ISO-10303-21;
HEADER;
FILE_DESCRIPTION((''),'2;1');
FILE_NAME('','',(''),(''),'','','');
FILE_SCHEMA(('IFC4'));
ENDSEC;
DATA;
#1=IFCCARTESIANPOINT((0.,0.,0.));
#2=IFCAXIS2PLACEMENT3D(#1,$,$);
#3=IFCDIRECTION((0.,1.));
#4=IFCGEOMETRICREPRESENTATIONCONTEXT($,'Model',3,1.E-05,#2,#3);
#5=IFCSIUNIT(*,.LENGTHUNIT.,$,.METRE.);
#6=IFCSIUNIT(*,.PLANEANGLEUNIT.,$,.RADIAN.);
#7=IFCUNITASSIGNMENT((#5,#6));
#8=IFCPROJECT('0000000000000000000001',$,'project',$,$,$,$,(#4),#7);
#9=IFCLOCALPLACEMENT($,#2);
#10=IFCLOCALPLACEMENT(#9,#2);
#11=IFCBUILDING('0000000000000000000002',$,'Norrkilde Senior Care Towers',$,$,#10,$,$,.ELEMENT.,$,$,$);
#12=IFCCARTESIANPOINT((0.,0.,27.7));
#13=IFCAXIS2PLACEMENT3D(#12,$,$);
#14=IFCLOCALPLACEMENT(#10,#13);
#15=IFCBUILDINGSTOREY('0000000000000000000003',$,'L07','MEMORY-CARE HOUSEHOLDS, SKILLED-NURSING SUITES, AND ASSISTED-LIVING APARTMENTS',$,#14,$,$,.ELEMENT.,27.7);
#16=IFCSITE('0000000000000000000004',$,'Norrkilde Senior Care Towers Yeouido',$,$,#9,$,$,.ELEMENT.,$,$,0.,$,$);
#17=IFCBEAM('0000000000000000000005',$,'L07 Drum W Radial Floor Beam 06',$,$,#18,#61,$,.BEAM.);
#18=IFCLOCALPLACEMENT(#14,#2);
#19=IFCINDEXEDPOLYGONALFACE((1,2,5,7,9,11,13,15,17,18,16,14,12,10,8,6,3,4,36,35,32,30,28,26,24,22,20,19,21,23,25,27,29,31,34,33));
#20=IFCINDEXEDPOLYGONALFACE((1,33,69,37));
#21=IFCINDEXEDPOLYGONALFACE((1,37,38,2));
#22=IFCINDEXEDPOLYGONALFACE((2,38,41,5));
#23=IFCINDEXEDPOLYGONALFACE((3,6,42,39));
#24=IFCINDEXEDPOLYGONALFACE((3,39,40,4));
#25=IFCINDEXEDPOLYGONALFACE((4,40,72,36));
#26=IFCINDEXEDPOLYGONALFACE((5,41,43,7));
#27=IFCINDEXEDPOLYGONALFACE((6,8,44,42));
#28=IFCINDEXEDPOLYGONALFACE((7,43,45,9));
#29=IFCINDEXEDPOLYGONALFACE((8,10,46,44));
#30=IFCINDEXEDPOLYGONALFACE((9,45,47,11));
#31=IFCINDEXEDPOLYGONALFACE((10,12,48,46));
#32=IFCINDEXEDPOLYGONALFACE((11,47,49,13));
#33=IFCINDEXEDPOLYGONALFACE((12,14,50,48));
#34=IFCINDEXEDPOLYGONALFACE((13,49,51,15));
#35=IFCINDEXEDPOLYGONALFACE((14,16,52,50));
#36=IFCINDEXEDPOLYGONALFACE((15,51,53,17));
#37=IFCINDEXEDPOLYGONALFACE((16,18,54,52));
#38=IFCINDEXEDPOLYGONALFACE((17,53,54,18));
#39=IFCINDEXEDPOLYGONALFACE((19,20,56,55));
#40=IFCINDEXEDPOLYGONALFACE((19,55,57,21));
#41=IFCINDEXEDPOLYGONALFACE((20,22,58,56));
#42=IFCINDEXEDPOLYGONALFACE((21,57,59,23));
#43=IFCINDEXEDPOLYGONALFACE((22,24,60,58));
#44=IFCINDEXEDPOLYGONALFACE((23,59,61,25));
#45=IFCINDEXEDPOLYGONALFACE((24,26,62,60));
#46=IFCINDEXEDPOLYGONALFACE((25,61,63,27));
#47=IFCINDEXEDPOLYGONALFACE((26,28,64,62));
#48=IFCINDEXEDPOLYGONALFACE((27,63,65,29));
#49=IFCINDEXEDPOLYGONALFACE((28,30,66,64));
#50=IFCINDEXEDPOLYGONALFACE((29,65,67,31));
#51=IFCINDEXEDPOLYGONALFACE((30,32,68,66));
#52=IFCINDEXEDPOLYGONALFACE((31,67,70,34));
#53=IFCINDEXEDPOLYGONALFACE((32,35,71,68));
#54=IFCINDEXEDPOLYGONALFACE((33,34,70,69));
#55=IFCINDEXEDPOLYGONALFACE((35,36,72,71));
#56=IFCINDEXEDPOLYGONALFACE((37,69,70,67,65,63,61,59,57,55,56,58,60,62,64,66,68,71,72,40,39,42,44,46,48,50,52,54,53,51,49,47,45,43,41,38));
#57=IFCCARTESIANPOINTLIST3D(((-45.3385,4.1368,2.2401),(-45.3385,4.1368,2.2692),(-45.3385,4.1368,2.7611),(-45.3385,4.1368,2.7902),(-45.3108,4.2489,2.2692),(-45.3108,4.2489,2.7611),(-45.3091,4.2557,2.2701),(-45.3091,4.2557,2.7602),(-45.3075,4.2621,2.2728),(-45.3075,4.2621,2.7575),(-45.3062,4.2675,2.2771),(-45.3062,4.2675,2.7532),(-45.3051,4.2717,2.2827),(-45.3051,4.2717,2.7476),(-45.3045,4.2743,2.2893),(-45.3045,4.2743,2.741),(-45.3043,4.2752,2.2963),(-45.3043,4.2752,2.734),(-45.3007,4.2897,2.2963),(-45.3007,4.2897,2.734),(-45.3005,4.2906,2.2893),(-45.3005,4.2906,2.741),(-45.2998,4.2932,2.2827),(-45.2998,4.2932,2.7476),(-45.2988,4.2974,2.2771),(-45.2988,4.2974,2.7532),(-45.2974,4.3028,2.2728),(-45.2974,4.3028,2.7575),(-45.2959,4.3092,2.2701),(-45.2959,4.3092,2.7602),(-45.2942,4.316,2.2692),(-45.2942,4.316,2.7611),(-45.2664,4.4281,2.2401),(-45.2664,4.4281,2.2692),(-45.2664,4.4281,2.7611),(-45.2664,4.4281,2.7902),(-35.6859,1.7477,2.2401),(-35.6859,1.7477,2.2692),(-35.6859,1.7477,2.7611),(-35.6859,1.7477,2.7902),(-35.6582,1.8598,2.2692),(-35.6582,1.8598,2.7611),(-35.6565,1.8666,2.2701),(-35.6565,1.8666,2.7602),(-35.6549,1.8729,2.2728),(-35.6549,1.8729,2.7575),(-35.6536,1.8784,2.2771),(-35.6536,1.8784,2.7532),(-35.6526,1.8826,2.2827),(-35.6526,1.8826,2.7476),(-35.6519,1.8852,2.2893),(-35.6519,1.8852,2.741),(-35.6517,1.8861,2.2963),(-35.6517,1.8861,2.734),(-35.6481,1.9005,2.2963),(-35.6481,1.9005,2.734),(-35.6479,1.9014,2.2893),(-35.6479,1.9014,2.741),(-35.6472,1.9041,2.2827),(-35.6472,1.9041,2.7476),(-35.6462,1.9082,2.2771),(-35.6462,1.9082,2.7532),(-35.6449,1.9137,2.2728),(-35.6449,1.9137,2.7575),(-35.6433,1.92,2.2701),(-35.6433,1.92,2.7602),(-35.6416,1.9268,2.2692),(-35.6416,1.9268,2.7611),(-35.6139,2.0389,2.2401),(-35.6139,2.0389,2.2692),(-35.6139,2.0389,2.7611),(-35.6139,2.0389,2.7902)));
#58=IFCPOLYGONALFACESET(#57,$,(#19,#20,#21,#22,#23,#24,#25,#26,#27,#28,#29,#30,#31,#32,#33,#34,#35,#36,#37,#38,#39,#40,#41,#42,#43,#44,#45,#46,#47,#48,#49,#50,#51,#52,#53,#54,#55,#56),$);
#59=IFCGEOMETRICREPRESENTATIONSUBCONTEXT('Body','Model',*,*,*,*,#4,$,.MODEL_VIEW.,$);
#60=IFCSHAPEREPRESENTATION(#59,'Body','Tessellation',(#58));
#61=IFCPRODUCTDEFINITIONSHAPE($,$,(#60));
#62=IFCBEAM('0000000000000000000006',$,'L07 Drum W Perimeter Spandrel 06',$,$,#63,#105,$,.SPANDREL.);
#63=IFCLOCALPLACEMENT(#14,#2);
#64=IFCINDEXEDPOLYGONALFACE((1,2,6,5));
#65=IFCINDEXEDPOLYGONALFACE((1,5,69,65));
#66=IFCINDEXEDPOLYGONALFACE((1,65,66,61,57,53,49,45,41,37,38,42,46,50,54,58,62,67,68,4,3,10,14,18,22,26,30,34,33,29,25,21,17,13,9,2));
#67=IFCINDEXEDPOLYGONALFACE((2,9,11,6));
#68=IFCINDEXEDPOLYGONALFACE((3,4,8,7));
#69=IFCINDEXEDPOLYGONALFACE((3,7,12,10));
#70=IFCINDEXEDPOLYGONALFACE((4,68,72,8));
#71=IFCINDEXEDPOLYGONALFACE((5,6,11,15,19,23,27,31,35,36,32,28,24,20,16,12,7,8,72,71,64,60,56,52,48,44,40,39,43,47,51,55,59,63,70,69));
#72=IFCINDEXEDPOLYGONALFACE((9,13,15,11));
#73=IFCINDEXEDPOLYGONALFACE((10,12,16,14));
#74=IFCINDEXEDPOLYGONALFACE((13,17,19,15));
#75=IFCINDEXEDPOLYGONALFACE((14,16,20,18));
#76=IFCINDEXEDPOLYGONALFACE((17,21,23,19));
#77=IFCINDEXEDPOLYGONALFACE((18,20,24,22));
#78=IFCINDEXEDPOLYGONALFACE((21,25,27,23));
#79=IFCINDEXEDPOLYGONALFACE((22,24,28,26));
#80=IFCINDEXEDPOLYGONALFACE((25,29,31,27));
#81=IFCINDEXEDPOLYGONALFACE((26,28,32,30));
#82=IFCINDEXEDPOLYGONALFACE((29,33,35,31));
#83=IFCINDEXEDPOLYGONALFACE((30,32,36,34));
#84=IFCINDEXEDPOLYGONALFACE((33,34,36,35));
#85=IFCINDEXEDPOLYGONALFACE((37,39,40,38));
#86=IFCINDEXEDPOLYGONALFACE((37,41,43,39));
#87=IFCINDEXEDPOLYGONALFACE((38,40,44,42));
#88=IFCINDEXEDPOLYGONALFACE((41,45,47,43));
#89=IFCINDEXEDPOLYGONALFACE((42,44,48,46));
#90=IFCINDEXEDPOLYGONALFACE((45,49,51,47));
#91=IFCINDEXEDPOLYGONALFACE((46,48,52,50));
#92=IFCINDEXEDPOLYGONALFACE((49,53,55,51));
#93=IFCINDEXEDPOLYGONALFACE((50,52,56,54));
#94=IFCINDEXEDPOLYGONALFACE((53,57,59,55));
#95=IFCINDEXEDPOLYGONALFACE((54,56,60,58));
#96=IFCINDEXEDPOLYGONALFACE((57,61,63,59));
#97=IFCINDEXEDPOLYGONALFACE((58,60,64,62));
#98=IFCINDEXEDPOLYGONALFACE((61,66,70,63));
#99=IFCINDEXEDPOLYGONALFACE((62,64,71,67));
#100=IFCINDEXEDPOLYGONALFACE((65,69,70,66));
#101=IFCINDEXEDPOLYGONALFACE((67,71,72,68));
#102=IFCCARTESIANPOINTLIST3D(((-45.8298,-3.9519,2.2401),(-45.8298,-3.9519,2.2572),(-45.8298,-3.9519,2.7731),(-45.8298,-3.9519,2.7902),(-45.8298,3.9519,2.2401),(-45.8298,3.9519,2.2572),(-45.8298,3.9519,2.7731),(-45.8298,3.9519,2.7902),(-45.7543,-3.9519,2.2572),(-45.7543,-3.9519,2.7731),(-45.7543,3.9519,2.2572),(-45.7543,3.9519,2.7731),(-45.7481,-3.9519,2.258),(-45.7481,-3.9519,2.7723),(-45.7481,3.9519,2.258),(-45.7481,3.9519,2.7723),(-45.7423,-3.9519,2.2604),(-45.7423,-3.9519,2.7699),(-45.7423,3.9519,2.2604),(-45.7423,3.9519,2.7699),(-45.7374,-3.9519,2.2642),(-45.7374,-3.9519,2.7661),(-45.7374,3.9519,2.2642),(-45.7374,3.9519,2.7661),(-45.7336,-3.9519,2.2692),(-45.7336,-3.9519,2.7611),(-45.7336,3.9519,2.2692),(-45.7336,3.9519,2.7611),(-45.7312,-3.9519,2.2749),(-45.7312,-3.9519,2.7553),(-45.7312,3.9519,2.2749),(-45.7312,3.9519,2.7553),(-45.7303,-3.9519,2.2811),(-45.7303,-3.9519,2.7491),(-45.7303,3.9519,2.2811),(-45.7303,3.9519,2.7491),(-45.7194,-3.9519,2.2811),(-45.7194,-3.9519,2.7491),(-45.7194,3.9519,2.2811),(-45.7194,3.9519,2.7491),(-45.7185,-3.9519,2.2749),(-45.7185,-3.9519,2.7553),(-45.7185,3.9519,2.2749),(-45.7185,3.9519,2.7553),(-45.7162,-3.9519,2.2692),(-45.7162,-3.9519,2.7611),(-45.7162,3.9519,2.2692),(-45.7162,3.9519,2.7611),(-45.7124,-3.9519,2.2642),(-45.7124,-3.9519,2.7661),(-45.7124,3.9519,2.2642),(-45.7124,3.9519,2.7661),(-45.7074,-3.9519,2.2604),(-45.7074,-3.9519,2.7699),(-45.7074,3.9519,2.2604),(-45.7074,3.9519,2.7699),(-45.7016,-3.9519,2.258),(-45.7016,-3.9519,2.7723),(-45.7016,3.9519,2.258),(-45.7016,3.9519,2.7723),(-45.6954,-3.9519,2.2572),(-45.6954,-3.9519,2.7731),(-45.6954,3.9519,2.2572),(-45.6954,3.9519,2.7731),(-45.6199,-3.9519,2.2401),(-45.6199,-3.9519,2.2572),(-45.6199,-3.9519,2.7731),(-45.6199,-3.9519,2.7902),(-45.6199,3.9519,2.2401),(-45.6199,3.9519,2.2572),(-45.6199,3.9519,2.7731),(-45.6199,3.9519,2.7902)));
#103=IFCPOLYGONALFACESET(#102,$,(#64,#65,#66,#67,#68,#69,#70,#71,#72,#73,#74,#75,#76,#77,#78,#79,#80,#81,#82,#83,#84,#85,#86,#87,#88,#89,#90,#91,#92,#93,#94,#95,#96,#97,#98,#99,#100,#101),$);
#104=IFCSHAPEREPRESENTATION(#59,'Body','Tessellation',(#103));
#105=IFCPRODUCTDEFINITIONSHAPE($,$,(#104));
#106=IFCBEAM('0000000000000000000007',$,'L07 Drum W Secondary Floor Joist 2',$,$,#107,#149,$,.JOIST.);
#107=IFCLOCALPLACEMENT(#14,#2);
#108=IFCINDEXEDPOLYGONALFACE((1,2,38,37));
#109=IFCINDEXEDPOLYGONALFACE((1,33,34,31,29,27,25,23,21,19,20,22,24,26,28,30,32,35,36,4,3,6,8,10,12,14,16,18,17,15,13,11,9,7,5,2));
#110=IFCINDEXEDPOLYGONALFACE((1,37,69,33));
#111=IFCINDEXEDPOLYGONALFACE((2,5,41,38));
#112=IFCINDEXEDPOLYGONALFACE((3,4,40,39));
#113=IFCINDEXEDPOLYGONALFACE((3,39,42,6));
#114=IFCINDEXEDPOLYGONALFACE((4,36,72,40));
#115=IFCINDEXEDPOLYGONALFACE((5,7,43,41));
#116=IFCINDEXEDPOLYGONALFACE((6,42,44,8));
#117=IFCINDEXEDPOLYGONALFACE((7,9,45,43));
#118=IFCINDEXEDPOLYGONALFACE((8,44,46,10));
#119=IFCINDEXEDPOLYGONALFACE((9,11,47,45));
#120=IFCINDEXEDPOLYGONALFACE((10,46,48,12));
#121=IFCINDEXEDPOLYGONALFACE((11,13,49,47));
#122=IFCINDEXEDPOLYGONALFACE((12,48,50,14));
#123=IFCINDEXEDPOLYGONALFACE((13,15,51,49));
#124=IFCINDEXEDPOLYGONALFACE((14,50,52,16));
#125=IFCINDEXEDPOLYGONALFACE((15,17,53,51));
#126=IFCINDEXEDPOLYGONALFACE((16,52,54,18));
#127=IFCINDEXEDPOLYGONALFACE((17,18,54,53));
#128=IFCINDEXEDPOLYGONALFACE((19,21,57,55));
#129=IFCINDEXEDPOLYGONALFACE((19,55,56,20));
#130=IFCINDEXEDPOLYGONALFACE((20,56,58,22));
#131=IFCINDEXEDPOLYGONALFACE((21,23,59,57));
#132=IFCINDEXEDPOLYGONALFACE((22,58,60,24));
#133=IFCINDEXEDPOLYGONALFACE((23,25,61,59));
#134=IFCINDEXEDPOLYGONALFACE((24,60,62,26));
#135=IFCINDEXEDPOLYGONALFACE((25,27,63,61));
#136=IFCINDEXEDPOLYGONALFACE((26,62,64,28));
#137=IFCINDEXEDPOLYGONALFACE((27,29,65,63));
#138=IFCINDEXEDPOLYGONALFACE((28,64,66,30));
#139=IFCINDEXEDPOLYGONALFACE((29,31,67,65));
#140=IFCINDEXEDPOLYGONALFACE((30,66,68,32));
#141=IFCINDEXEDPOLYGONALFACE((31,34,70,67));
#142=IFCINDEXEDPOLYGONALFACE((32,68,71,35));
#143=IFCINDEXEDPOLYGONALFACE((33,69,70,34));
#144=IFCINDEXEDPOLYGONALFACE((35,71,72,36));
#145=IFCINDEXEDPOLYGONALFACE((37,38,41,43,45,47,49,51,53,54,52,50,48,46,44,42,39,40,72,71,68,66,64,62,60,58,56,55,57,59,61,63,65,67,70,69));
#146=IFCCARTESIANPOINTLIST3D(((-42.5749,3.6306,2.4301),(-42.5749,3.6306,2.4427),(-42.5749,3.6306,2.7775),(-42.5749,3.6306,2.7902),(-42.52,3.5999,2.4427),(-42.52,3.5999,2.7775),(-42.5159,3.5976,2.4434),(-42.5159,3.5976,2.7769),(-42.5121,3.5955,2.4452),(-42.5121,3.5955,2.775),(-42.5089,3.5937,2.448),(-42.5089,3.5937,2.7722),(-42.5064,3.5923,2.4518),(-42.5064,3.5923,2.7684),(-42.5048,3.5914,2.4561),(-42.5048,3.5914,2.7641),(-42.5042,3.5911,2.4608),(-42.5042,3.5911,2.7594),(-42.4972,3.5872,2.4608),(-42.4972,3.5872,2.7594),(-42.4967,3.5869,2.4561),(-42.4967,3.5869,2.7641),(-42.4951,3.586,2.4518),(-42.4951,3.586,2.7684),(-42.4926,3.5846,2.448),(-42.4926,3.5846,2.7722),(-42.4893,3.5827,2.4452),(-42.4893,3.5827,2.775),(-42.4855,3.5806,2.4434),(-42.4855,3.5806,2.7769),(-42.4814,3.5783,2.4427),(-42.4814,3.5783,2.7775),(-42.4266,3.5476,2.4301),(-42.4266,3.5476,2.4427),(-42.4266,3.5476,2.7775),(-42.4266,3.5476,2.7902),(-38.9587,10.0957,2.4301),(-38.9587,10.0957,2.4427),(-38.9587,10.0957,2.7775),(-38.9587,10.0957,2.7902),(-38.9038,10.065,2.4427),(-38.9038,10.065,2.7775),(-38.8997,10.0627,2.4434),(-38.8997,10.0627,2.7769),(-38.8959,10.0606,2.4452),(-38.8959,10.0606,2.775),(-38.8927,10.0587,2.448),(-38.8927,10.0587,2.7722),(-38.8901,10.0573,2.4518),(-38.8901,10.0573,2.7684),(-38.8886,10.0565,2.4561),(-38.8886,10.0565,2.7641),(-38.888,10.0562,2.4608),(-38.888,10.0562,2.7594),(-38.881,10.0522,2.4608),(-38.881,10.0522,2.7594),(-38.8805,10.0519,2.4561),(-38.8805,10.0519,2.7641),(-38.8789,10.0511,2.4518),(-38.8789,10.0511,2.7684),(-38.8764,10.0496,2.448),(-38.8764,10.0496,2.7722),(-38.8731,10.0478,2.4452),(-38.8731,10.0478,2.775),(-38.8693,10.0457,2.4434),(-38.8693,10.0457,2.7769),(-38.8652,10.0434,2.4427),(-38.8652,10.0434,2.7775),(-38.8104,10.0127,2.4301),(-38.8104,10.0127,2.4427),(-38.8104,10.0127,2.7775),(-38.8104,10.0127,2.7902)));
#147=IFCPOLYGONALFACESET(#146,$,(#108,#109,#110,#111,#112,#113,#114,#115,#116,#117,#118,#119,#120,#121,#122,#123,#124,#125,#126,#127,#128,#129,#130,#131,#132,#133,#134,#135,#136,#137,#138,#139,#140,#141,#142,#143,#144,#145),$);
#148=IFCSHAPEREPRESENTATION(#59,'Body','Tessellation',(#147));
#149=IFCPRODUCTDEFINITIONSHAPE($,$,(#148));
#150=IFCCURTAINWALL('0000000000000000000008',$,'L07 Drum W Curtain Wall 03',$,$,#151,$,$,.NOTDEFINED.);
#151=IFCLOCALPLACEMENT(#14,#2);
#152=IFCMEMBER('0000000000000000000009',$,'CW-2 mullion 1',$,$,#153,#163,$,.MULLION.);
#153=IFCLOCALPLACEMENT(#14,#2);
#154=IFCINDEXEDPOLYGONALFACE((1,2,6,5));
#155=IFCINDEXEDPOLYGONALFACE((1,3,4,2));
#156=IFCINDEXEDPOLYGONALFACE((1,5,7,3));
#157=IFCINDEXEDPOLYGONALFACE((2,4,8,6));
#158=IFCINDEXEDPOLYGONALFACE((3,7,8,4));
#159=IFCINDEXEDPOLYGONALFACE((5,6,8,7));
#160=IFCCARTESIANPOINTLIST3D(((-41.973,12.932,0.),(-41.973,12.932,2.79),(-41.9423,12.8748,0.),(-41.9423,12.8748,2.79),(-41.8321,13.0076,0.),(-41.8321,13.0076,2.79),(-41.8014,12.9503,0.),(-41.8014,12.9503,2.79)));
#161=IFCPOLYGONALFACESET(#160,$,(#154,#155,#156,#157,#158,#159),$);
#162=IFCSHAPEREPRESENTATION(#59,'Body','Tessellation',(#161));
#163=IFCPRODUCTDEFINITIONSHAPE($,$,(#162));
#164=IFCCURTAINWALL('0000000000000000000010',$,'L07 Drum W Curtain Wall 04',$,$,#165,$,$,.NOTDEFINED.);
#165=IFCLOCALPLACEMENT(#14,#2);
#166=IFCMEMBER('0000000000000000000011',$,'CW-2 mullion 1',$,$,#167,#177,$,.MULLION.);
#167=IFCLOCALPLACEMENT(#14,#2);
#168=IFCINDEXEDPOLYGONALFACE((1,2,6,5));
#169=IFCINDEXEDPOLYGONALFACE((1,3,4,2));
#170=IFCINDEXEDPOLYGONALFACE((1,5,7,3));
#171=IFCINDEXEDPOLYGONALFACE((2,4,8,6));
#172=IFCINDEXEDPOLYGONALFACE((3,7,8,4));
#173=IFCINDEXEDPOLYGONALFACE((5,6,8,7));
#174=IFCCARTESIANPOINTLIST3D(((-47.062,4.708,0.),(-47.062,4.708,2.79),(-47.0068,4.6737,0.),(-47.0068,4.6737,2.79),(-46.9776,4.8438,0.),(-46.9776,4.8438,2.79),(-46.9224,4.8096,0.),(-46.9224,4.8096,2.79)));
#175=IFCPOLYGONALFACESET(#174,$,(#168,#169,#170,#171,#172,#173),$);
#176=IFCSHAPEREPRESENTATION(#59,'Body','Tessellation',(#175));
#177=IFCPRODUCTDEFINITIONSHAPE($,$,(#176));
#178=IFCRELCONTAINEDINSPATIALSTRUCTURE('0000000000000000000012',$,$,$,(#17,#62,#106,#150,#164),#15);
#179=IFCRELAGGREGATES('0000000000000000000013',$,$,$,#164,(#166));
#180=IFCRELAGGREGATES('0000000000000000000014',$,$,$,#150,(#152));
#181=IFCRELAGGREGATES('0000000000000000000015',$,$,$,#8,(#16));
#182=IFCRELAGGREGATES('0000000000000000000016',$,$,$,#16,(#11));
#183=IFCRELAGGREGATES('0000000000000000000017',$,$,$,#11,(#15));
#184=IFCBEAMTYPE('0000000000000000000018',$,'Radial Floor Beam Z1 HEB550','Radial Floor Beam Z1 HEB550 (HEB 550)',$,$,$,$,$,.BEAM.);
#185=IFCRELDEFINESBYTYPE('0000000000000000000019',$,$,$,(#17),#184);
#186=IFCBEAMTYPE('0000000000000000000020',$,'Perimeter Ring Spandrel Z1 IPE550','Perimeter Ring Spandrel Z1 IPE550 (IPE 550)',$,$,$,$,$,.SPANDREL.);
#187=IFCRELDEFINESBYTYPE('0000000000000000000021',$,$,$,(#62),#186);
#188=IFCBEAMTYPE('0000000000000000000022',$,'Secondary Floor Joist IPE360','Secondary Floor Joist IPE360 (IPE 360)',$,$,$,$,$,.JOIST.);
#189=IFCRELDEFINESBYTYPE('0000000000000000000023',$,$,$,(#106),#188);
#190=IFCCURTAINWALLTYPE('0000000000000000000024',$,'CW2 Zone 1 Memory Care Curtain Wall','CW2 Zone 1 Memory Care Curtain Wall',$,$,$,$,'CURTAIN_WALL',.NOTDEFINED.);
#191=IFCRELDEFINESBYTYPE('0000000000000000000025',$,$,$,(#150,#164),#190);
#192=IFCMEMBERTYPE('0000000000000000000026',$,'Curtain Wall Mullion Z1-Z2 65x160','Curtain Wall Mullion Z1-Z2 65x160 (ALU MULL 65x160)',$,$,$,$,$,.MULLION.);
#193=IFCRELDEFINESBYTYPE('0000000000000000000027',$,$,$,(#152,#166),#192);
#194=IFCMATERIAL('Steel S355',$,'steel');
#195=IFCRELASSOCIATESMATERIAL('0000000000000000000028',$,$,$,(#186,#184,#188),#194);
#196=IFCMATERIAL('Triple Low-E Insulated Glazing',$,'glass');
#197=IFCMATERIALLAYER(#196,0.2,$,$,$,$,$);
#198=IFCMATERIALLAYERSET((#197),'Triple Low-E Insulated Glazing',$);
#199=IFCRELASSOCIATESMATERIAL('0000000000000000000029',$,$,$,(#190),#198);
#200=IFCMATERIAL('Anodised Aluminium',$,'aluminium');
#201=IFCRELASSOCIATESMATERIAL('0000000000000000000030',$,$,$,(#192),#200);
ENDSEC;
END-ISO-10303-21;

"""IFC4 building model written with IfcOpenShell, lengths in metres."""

from ifc_helpers import new_model, si_unit, direction, frame, origin, origin_2d, place, context, subcontext, project, spatial, rectangle, i_section, extrude, source, transform, mapped, material, layer, layer_set, material_profile, profile_set, type_object, type_shapes, element, aggregate, save


model = new_model("IFC4")

# Units and contexts
model_context = context("Model", 3, precision=1e-05, world=origin(), true_north=direction((0.0, 1.0)))
body_context = subcontext(model_context, "Body", "Model", "MODEL_VIEW")
ifc_project = project(units=[si_unit("LENGTHUNIT", "METRE"), si_unit("PLANEANGLEUNIT", "RADIAN")], contexts=[model_context])

# Site, building, storey
site_placement = place(None, origin())
site = spatial("IfcSite", under=ifc_project, at=site_placement, Name="Norrkilde Senior Care Towers Yeouido", CompositionType="ELEMENT", RefElevation=0.0)
building_placement = place(site_placement, origin())
building = spatial("IfcBuilding", under=site, at=building_placement, Name="Norrkilde Senior Care Towers", CompositionType="ELEMENT")
storey_placement = place(building_placement, frame((0.0, 0.0, 27.7)))
storey = spatial("IfcBuildingStorey", under=building, at=storey_placement, Name="L07", Description="MEMORY-CARE HOUSEHOLDS, SKILLED-NURSING SUITES, AND ASSISTED-LIVING APARTMENTS", CompositionType="ELEMENT", Elevation=27.7)

# Beams
ifc_material_1 = material(Name="Steel S355", Category="steel")
ifc_material_profile_1 = material_profile(ifc_material_1, i_section(OverallWidth=0.21, OverallDepth=0.55, WebThickness=0.011, FlangeThickness=0.0171, FilletRadius=0.0239, at=origin_2d()), Name="IPE 550")
ifc_profile_set_1 = profile_set([ifc_material_profile_1], Name="Steel S355")
beam_type_1 = type_object("IfcBeamType", Name="Perimeter Ring Spandrel Z1 IPE550", Description="Perimeter Ring Spandrel Z1 IPE550 (IPE 550)", PredefinedType="SPANDREL", material=ifc_profile_set_1)
ifc_material_profile_2 = material_profile(ifc_material_1, i_section(OverallWidth=0.3, OverallDepth=0.55, WebThickness=0.0149, FlangeThickness=0.0291, FilletRadius=0.0271, at=origin_2d()), Name="HEB 550")
ifc_profile_set_2 = profile_set([ifc_material_profile_2], Name="Steel S355")
beam_type_2 = type_object("IfcBeamType", Name="Radial Floor Beam Z1 HEB550", Description="Radial Floor Beam Z1 HEB550 (HEB 550)", PredefinedType="BEAM", material=ifc_profile_set_2)
shared_shape_1 = source(origin(), body_context, "Body", "SweptSolid", [
    extrude(i_section(OverallWidth=0.3, OverallDepth=0.55, WebThickness=0.0149, FlangeThickness=0.0291, FilletRadius=0.0271, at=origin_2d()), origin(), (0.0, 0.0, 1.0), 9.9438),
])
type_shapes(beam_type_2, [shared_shape_1])
beam_1_placement = place(storey_placement, frame((-35.6499, 1.8933, 2.5151), z_axis=(-0.970707, 0.240265, 0.0), x_axis=(-0.240265, -0.970707, 0.0)))
element("IfcBeam", 1, at=beam_1_placement, inside=storey, type_object=beam_type_2, Name="L07 Drum W Radial Floor Beam 06", PredefinedType="BEAM", context=body_context, shape_type="MappedRepresentation", body=[
    mapped(shared_shape_1, transform((0.0, 0.0, 0.0), x_axis=(1.0, 0.0, 0.0), y_axis=(0.0, 1.0, 0.0), z_axis=(0.0, 0.0, 1.0), scale=1.0)),
])
shared_shape_2 = source(origin(), body_context, "Body", "SweptSolid", [
    extrude(i_section(OverallWidth=0.21, OverallDepth=0.55, WebThickness=0.011, FlangeThickness=0.0171, FilletRadius=0.0239, at=origin_2d()), origin(), (0.0, 0.0, 1.0), 7.9038),
])
beam_2_placement = place(storey_placement, frame((-45.7249, 3.9519, 2.5151), z_axis=(0.0, -1.0, 0.0), x_axis=(1.0, 0.0, 0.0)))
element("IfcBeam", 2, at=beam_2_placement, inside=storey, type_object=beam_type_1, Name="L07 Drum W Perimeter Spandrel 06", PredefinedType="SPANDREL", context=body_context, shape_type="MappedRepresentation", body=[
    mapped(shared_shape_2, transform((0.0, 0.0, 0.0), x_axis=(1.0, 0.0, 0.0), y_axis=(0.0, 1.0, 0.0), z_axis=(0.0, 0.0, 1.0), scale=1.0)),
])
ifc_material_profile_3 = material_profile(ifc_material_1, i_section(OverallWidth=0.1699, OverallDepth=0.3601, WebThickness=0.0081, FlangeThickness=0.0127, FilletRadius=0.0181, at=origin_2d()), Name="IPE 360")
ifc_profile_set_3 = profile_set([ifc_material_profile_3], Name="Steel S355")
beam_type_3 = type_object("IfcBeamType", Name="Secondary Floor Joist IPE360", Description="Secondary Floor Joist IPE360 (IPE 360)", PredefinedType="JOIST", material=ifc_profile_set_3)
shared_shape_3 = source(origin(), body_context, "Body", "SweptSolid", [
    extrude(i_section(OverallWidth=0.1699, OverallDepth=0.3601, WebThickness=0.0081, FlangeThickness=0.0127, FilletRadius=0.0181, at=origin_2d()), origin(), (0.0, 0.0, 1.0), 7.4077),
])
type_shapes(beam_type_3, [shared_shape_3])
beam_3_placement = place(storey_placement, frame((-38.8845, 10.0542, 2.6101), z_axis=(-0.488168, -0.87275, 0.0), x_axis=(0.87275, -0.488168, 0.0)))
element("IfcBeam", 3, at=beam_3_placement, inside=storey, type_object=beam_type_3, Name="L07 Drum W Secondary Floor Joist 2", PredefinedType="JOIST", context=body_context, shape_type="MappedRepresentation", body=[
    mapped(shared_shape_3, transform((0.0, 0.0, 0.0), x_axis=(1.0, 0.0, 0.0), y_axis=(0.0, 1.0, 0.0), z_axis=(0.0, 0.0, 1.0), scale=1.0)),
])

# Curtain wall, member
ifc_material_2 = material(Name="Triple Low-E Insulated Glazing", Category="glass")
ifc_layer_1 = layer(ifc_material_2, 0.2)
ifc_layer_set_1 = layer_set([ifc_layer_1], Name="Triple Low-E Insulated Glazing")
curtain_wall_type = type_object("IfcCurtainWallType", Name="CW2 Zone 1 Memory Care Curtain Wall", Description="CW2 Zone 1 Memory Care Curtain Wall", ElementType="CURTAIN_WALL", PredefinedType="NOTDEFINED", material=ifc_layer_set_1)
curtain_wall_1_placement = place(storey_placement, origin())
curtain_wall_1 = element("IfcCurtainWall", 4, at=curtain_wall_1_placement, inside=storey, type_object=curtain_wall_type, Name="L07 Drum W Curtain Wall 03", PredefinedType="NOTDEFINED")
ifc_material_3 = material(Name="Anodised Aluminium", Category="aluminium")
ifc_material_profile_4 = material_profile(ifc_material_3, rectangle(XDim=0.0649, YDim=0.1599, at=origin_2d()), Name="ALU MULL 65x160")
ifc_profile_set_4 = profile_set([ifc_material_profile_4], Name="Anodised Aluminium")
member_type_1 = type_object("IfcMemberType", Name="Curtain Wall Mullion Z1-Z2 65x160", Description="Curtain Wall Mullion Z1-Z2 65x160 (ALU MULL 65x160)", PredefinedType="MULLION", material=ifc_profile_set_4)
shared_shape_4 = source(origin(), body_context, "Body", "SweptSolid", [
    extrude(rectangle(XDim=0.0649, YDim=0.1599, at=origin_2d()), origin(), (0.0, 0.0, 1.0), 2.79),
])
type_shapes(member_type_1, [shared_shape_4])
member_1_placement = place(storey_placement, frame((-41.8872, 12.9412, 0.0), z_axis=(0.0, 0.0, 1.0), x_axis=(-0.472608, 0.881273, 0.0)))
member_1 = element("IfcMember", 5, at=member_1_placement, type_object=member_type_1, Name="CW-2 mullion 1", PredefinedType="MULLION", context=body_context, shape_type="MappedRepresentation", body=[
    mapped(shared_shape_4, transform((0.0, 0.0, 0.0), x_axis=(1.0, 0.0, 0.0), y_axis=(0.0, 1.0, 0.0), z_axis=(0.0, 0.0, 1.0), scale=1.0)),
])

# Curtain wall, member
curtain_wall_2_placement = place(storey_placement, origin())
curtain_wall_2 = element("IfcCurtainWall", 6, at=curtain_wall_2_placement, inside=storey, type_object=curtain_wall_type, Name="L07 Drum W Curtain Wall 04", PredefinedType="NOTDEFINED")
member_2_placement = place(storey_placement, frame((-46.9922, 4.7588, 0.0), z_axis=(0.0, 0.0, 1.0), x_axis=(-0.849306, 0.527901, 0.0)))
member_2 = element("IfcMember", 7, at=member_2_placement, type_object=member_type_1, Name="CW-2 mullion 1", PredefinedType="MULLION", context=body_context, shape_type="MappedRepresentation", body=[
    mapped(shared_shape_4, transform((0.0, 0.0, 0.0), x_axis=(1.0, 0.0, 0.0), y_axis=(0.0, 1.0, 0.0), z_axis=(0.0, 0.0, 1.0), scale=1.0)),
])

aggregate(curtain_wall_2, [member_2])
aggregate(curtain_wall_1, [member_1])

save(model, "model.ifc")
